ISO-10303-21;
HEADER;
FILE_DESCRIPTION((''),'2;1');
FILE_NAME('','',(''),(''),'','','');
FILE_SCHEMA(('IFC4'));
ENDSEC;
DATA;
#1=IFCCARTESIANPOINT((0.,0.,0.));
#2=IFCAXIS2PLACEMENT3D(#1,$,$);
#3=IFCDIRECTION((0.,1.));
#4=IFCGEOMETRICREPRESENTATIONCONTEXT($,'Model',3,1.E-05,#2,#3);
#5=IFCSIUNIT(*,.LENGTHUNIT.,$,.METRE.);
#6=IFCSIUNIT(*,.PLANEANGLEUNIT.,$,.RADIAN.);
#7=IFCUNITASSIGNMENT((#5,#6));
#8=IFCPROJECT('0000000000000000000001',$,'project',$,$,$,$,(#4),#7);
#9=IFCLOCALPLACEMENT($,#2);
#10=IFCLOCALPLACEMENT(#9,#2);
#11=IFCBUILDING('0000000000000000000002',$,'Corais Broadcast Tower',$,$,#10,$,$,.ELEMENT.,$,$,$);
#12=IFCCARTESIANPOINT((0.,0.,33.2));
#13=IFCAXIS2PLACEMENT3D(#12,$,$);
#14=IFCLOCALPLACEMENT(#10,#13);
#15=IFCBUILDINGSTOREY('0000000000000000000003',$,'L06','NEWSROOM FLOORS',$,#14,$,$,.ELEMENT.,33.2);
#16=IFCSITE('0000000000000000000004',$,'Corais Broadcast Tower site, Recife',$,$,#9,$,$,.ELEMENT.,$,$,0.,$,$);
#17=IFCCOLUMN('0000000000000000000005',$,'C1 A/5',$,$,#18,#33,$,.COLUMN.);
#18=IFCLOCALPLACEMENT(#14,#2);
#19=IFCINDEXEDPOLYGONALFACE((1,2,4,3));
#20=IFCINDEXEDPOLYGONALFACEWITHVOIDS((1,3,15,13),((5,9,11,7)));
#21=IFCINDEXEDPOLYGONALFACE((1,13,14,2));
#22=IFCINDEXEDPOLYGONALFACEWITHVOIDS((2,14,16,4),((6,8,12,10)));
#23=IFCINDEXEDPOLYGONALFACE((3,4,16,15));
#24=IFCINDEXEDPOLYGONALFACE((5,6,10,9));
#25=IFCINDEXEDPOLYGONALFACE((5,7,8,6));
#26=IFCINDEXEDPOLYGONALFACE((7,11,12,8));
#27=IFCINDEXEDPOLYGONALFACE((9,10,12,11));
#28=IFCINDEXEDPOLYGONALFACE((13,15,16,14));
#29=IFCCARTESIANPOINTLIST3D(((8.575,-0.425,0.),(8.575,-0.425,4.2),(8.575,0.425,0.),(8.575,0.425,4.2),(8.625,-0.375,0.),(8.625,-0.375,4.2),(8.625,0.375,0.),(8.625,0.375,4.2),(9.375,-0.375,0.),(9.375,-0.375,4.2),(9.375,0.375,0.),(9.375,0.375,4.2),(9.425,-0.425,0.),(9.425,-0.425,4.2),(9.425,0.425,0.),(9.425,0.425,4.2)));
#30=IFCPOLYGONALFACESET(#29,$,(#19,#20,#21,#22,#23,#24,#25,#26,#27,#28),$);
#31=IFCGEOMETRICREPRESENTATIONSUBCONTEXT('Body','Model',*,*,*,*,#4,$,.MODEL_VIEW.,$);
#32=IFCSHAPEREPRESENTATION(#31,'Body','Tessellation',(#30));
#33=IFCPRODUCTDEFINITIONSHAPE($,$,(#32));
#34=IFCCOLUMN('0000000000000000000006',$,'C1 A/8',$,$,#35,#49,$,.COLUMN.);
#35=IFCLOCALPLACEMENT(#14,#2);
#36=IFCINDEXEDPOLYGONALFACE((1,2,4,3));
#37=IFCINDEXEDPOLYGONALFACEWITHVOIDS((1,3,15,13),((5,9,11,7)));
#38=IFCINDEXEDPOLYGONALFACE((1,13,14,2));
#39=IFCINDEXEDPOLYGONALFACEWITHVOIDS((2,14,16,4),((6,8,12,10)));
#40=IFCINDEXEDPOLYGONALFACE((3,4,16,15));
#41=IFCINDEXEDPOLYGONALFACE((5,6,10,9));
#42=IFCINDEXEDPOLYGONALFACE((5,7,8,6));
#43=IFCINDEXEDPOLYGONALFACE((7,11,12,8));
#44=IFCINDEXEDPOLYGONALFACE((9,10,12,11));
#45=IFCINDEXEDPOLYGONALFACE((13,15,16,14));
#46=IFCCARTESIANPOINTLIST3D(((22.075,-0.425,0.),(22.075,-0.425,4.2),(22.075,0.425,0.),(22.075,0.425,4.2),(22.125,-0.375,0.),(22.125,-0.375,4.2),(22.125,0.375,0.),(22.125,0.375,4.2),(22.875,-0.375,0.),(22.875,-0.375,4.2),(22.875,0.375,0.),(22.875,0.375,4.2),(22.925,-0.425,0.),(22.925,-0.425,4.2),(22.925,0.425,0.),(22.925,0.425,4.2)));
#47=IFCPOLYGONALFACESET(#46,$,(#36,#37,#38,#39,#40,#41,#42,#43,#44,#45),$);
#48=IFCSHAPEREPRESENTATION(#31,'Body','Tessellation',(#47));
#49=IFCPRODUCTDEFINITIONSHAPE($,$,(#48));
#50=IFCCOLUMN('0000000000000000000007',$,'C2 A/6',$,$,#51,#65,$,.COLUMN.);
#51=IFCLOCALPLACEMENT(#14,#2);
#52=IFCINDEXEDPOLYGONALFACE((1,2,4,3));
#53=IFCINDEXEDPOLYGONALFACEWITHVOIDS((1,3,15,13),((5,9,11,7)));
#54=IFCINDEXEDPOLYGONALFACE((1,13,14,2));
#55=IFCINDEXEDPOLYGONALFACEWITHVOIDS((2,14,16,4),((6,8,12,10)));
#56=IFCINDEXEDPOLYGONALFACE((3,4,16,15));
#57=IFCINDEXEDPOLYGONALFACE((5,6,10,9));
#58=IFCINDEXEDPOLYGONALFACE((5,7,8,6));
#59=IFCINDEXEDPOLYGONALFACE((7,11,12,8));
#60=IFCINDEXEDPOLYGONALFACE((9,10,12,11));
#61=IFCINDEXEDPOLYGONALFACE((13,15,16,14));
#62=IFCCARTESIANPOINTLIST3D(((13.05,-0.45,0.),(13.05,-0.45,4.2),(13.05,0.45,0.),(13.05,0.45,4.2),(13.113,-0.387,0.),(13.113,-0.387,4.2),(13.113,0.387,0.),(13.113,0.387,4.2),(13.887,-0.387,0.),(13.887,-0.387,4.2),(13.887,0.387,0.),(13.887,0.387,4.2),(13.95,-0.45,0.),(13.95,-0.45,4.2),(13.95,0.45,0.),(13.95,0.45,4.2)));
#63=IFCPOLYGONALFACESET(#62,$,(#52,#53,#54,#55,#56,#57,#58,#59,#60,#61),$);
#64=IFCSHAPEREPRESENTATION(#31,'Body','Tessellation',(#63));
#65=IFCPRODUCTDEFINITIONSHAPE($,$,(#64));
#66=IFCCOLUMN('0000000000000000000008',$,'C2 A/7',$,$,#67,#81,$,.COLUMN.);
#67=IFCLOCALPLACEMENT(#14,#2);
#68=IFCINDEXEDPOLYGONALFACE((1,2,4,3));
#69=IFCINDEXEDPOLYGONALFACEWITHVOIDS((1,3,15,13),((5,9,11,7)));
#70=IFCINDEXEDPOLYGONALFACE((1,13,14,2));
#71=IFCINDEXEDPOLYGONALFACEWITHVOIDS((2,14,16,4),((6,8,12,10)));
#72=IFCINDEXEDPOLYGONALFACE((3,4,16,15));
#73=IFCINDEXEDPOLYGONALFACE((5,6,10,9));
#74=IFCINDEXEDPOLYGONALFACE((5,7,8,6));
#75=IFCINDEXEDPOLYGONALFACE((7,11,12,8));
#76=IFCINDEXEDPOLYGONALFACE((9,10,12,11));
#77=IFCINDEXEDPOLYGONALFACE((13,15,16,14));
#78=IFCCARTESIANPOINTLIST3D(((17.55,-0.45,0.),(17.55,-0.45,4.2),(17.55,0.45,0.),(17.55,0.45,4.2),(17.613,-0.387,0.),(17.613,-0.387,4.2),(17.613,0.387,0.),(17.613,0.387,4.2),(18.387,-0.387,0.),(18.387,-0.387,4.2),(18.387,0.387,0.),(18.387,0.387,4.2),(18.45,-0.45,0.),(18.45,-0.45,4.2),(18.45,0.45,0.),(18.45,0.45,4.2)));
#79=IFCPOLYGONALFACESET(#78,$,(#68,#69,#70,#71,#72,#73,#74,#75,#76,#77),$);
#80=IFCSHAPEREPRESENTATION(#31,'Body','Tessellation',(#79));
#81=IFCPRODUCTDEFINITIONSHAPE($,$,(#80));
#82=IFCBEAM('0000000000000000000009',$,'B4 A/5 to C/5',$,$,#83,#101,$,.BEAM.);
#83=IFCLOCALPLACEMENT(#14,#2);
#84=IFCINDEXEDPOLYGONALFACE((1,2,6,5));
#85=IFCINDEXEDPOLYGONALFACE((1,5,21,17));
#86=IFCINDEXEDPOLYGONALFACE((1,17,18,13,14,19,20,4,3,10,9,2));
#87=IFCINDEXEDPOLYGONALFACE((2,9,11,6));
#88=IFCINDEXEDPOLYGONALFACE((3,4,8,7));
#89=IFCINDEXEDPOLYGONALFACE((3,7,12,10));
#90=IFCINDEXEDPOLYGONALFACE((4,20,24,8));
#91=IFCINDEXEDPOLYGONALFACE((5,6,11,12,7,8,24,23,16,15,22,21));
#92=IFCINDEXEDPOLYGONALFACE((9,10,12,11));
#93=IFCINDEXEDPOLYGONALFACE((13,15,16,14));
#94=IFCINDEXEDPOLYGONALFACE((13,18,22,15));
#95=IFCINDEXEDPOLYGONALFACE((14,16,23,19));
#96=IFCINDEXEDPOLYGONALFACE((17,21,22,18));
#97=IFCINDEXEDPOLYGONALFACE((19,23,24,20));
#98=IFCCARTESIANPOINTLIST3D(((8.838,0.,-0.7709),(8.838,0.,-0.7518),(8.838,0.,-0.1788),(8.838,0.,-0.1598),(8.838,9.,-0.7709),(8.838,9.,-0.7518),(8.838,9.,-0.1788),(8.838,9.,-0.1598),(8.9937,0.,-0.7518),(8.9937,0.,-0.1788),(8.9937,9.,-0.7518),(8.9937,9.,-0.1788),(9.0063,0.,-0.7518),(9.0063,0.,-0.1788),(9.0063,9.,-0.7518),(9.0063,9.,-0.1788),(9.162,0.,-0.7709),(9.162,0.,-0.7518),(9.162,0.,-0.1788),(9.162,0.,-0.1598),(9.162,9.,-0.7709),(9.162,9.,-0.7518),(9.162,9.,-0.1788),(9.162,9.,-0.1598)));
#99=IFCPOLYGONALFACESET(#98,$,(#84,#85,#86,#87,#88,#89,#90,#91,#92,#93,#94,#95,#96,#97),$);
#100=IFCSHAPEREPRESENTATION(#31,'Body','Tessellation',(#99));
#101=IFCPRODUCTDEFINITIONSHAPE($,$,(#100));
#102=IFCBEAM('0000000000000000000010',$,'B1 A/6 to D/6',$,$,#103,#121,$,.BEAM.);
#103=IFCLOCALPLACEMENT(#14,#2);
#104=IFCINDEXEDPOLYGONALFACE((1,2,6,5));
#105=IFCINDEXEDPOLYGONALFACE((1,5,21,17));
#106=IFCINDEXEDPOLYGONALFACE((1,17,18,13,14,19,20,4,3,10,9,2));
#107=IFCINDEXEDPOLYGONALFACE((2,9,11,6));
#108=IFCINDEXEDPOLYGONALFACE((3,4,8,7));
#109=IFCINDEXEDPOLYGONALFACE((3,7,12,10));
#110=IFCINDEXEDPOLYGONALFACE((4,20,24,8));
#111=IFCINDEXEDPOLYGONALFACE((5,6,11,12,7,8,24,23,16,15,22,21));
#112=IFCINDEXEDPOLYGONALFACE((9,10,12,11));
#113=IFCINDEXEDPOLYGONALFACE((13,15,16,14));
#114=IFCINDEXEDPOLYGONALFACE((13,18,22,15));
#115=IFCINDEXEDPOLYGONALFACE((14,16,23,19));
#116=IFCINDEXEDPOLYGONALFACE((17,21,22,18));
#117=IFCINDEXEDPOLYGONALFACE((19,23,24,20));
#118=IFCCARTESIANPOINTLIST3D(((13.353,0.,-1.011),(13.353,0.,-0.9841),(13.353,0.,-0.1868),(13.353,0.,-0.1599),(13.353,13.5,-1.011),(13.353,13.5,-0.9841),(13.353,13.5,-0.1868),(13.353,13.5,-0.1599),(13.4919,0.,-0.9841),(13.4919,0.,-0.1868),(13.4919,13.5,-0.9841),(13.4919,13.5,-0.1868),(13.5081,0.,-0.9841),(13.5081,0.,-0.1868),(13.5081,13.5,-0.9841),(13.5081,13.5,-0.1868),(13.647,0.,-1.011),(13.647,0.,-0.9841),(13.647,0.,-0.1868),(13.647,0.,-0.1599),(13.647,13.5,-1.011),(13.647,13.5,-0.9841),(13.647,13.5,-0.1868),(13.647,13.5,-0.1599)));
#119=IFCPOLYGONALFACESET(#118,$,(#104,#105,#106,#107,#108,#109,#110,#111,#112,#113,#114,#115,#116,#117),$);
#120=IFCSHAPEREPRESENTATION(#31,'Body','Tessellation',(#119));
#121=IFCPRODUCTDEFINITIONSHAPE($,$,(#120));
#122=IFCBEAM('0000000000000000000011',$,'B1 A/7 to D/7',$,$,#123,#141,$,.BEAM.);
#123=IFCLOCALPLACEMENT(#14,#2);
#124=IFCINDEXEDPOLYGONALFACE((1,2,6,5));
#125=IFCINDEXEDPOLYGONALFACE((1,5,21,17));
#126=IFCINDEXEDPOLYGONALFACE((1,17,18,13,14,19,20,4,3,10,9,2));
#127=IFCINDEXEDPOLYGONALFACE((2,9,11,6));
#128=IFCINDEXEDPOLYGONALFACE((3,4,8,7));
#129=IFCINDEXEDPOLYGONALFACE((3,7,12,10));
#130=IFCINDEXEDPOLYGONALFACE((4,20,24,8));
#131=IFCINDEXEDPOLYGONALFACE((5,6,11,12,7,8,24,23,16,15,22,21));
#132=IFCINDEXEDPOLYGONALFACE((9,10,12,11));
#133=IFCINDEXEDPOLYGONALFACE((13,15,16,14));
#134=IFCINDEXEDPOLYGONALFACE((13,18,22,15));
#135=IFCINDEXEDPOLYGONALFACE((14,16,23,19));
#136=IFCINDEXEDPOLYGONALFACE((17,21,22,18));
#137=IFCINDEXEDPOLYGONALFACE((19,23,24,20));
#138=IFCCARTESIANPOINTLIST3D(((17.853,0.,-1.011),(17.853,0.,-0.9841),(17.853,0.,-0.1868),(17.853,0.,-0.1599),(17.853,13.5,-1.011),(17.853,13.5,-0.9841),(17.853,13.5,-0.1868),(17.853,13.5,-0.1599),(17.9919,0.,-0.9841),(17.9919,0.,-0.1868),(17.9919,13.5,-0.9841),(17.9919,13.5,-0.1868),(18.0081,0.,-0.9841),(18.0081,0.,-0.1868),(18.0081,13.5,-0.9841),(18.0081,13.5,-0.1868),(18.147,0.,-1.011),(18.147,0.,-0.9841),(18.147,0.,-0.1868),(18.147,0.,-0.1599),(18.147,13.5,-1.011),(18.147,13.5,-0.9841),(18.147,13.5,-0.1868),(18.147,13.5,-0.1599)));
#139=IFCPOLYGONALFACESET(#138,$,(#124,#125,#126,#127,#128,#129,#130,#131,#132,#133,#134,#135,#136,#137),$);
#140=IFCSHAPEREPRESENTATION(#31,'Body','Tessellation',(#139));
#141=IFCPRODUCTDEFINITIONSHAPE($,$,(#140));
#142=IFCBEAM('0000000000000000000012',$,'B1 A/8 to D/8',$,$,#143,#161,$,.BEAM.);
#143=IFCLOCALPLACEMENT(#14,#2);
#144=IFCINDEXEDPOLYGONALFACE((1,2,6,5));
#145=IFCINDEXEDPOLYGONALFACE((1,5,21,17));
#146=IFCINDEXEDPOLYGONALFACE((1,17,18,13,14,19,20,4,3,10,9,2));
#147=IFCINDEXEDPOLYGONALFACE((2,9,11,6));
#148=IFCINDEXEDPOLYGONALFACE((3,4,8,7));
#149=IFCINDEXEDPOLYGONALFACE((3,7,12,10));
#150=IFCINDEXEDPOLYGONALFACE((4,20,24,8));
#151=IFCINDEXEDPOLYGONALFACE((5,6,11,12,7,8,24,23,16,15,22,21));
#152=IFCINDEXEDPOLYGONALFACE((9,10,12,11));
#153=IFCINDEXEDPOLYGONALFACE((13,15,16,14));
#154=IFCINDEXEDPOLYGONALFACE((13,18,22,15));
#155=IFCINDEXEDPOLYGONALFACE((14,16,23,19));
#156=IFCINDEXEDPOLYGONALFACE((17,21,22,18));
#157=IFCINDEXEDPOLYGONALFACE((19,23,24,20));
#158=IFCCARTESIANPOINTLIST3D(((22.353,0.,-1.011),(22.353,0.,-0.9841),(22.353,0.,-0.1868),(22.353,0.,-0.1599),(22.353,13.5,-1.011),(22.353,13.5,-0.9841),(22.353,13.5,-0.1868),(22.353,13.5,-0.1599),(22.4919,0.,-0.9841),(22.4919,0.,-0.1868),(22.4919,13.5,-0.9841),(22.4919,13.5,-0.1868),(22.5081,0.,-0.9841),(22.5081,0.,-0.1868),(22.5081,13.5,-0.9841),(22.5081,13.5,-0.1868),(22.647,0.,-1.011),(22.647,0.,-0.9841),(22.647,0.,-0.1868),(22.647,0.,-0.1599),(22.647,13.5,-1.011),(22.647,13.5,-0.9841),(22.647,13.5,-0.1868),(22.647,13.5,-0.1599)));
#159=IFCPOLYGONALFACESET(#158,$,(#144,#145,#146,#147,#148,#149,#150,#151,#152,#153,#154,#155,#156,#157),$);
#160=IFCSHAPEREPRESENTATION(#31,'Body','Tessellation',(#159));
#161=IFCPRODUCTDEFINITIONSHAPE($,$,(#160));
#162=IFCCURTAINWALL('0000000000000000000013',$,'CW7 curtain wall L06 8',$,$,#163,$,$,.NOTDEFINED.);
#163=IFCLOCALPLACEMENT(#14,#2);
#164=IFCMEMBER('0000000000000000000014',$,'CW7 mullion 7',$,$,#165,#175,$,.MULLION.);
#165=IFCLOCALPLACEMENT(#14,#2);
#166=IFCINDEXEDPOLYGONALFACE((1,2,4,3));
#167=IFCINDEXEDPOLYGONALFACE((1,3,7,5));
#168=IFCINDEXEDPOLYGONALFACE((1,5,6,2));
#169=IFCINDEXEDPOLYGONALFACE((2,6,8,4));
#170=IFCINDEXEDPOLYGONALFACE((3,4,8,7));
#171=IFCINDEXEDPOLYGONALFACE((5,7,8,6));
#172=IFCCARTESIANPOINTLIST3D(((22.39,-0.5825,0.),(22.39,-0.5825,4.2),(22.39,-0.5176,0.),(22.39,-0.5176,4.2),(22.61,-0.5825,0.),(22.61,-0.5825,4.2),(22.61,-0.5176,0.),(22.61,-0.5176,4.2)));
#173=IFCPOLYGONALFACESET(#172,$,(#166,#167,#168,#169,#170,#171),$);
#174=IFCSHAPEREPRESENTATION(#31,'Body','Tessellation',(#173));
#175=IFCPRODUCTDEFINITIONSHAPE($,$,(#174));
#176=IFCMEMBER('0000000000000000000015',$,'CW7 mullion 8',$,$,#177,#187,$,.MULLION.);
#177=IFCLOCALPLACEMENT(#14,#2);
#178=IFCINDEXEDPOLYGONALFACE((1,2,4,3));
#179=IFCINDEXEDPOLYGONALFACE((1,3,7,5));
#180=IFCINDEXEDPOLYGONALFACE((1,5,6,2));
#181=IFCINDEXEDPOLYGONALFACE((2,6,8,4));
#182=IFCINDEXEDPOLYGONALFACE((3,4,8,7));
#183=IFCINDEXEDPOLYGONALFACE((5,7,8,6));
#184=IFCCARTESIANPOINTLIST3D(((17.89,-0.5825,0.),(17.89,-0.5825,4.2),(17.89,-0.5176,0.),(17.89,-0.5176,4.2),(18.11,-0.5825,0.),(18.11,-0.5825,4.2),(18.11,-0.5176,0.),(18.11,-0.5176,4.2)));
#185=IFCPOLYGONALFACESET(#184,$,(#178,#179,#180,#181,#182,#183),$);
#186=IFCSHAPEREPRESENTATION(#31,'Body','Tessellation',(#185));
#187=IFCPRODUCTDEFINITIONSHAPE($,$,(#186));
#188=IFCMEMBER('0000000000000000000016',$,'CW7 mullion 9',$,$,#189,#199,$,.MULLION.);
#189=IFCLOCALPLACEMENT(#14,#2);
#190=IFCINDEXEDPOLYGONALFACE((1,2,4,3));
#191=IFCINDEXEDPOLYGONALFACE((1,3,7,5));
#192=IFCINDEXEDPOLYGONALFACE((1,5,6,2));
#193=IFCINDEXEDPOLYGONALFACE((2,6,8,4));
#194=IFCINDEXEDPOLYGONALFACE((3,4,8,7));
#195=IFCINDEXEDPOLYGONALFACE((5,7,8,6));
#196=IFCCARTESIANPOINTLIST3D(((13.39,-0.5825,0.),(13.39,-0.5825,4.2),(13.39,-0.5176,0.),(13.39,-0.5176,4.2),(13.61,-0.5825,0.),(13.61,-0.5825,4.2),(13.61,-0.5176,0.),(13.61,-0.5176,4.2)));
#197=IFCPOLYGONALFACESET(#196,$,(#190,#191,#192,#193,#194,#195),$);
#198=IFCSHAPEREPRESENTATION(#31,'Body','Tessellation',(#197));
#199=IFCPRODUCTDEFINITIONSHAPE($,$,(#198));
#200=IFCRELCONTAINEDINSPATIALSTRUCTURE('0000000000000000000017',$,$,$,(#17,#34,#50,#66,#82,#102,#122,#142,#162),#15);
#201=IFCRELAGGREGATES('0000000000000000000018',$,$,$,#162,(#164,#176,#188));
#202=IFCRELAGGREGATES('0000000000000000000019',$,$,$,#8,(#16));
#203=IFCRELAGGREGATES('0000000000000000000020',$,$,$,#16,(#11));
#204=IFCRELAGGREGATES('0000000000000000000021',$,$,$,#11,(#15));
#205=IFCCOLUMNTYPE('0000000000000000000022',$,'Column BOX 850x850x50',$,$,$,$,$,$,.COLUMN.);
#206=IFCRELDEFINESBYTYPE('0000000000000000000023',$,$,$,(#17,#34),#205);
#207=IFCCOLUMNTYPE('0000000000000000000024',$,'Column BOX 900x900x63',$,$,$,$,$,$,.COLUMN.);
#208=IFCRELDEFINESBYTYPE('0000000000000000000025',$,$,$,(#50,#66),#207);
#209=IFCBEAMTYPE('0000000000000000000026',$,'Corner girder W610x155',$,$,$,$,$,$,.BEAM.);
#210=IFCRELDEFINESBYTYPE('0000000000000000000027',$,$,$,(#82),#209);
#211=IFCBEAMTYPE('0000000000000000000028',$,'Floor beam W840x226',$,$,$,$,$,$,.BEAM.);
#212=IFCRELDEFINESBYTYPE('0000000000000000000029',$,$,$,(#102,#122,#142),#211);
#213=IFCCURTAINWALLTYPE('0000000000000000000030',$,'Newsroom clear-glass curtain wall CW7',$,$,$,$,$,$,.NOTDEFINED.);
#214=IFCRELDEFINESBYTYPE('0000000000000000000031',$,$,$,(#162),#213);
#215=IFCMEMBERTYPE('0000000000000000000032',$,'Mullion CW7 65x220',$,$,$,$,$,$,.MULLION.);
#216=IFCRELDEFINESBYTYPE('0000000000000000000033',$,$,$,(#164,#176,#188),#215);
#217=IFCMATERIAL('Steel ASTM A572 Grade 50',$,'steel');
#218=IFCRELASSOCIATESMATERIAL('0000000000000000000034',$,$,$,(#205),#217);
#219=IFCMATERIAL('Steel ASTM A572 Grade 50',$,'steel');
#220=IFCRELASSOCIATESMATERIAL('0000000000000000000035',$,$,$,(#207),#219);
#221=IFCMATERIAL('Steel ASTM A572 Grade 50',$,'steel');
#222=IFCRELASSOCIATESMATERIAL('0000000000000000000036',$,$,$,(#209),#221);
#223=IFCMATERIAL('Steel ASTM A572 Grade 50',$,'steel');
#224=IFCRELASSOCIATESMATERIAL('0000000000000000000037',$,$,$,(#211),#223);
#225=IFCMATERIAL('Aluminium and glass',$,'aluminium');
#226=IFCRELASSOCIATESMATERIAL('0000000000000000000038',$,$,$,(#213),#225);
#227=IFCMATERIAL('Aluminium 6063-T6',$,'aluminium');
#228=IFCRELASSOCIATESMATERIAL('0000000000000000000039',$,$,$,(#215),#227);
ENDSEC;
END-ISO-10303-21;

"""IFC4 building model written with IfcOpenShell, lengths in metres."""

from ifc_helpers import new_model, si_unit, direction, frame, origin, origin_2d, place, context, subcontext, project, spatial, rectangle, hollow_rectangle, i_section, extrude, material, material_profile, profile_set, type_object, element, aggregate, save


model = new_model("IFC4")

# Units and contexts
model_context = context("Model", 3, precision=1e-05, world=origin(), true_north=direction((0.0, 1.0)))
body_context = subcontext(model_context, "Body", "Model", "MODEL_VIEW")
ifc_project = project(units=[si_unit("LENGTHUNIT", "METRE"), si_unit("PLANEANGLEUNIT", "RADIAN")], contexts=[model_context])

# Site, building, storey
site_placement = place(None, origin())
site = spatial("IfcSite", under=ifc_project, at=site_placement, Name="Corais Broadcast Tower site, Recife", CompositionType="ELEMENT", RefElevation=0.0)
building_placement = place(site_placement, origin())
building = spatial("IfcBuilding", under=site, at=building_placement, Name="Corais Broadcast Tower", CompositionType="ELEMENT")
storey_placement = place(building_placement, frame((0.0, 0.0, 33.2)))
storey = spatial("IfcBuildingStorey", under=building, at=storey_placement, Name="L06", Description="NEWSROOM FLOORS", CompositionType="ELEMENT", Elevation=33.2)

# Columns
ifc_material_1 = material(Name="Steel ASTM A572 Grade 50", Category="steel")
ifc_material_profile_1 = material_profile(ifc_material_1, hollow_rectangle(XDim=0.8501, YDim=0.8501, WallThickness=0.05, at=origin_2d()), Name="BOX 850x850x50")
ifc_profile_set_1 = profile_set([ifc_material_profile_1], Name="Steel ASTM A572 Grade 50")
column_type_1 = type_object("IfcColumnType", Name="Column BOX 850x850x50", PredefinedType="COLUMN", material=ifc_profile_set_1)
for number, where, z_axis, x_axis, name in (
    (1, (9.0, 0.0, 0.0), (0.0, 0.0, 1.0), (1.0, 0.0, 0.0), "C1 A/5"),
    (2, (22.5, 0.0, 0.0), (0.0, 0.0, 1.0), (1.0, 0.0, 0.0), "C1 A/8"),
):
    element("IfcColumn", number, at=place(storey_placement, frame(where, z_axis=z_axis, x_axis=x_axis)), inside=storey, type_object=column_type_1, Name=name, PredefinedType="COLUMN", context=body_context, shape_type="SweptSolid", body=[
        extrude(hollow_rectangle(XDim=0.8501, YDim=0.8501, WallThickness=0.05, at=origin_2d()), origin(), (0.0, 0.0, 1.0), 4.2),
    ])
ifc_material_2 = material(Name="Steel ASTM A572 Grade 50", Category="steel")
ifc_material_profile_2 = material_profile(ifc_material_2, hollow_rectangle(XDim=0.8999, YDim=0.8999, WallThickness=0.063, at=origin_2d()), Name="BOX 900x900x63")
ifc_profile_set_2 = profile_set([ifc_material_profile_2], Name="Steel ASTM A572 Grade 50")
column_type_2 = type_object("IfcColumnType", Name="Column BOX 900x900x63", PredefinedType="COLUMN", material=ifc_profile_set_2)
for number, where, z_axis, x_axis, name in (
    (3, (13.5, 0.0, 0.0), (0.0, 0.0, 1.0), (1.0, 0.0, 0.0), "C2 A/6"),
    (4, (18.0, 0.0, 0.0), (0.0, 0.0, 1.0), (1.0, 0.0, 0.0), "C2 A/7"),
):
    element("IfcColumn", number, at=place(storey_placement, frame(where, z_axis=z_axis, x_axis=x_axis)), inside=storey, type_object=column_type_2, Name=name, PredefinedType="COLUMN", context=body_context, shape_type="SweptSolid", body=[
        extrude(hollow_rectangle(XDim=0.8999, YDim=0.8999, WallThickness=0.063, at=origin_2d()), origin(), (0.0, 0.0, 1.0), 4.2),
    ])

# Beams
ifc_material_3 = material(Name="Steel ASTM A572 Grade 50", Category="steel")
ifc_material_profile_3 = material_profile(ifc_material_3, i_section(OverallWidth=0.324, OverallDepth=0.6111, WebThickness=0.0127, FlangeThickness=0.019, at=origin_2d()), Name="W610x155")
ifc_profile_set_3 = profile_set([ifc_material_profile_3], Name="Steel ASTM A572 Grade 50")
beam_type_1 = type_object("IfcBeamType", Name="Corner girder W610x155", PredefinedType="BEAM", material=ifc_profile_set_3)
beam_1_placement = place(storey_placement, frame((9.0, 0.0, -0.4653), z_axis=(0.0, 1.0, 0.0), x_axis=(-1.0, 0.0, 0.0)))
element("IfcBeam", 5, at=beam_1_placement, inside=storey, type_object=beam_type_1, Name="B4 A/5 to C/5", PredefinedType="BEAM", context=body_context, shape_type="SweptSolid", body=[
    extrude(i_section(OverallWidth=0.324, OverallDepth=0.6111, WebThickness=0.0127, FlangeThickness=0.019, at=origin_2d()), origin(), (0.0, 0.0, 1.0), 9.0),
])
ifc_material_4 = material(Name="Steel ASTM A572 Grade 50", Category="steel")
ifc_material_profile_4 = material_profile(ifc_material_4, i_section(OverallWidth=0.2939, OverallDepth=0.8511, WebThickness=0.0161, FlangeThickness=0.0269, at=origin_2d()), Name="W840x226")
ifc_profile_set_4 = profile_set([ifc_material_profile_4], Name="Steel ASTM A572 Grade 50")
beam_type_2 = type_object("IfcBeamType", Name="Floor beam W840x226", PredefinedType="BEAM", material=ifc_profile_set_4)
for number, where, z_axis, x_axis, name in (
    (6, (13.5, 0.0, -0.5854), (0.0, 1.0, 0.0), (-1.0, 0.0, 0.0), "B1 A/6 to D/6"),
    (7, (18.0, 0.0, -0.5854), (0.0, 1.0, 0.0), (-1.0, 0.0, 0.0), "B1 A/7 to D/7"),
    (8, (22.5, 0.0, -0.5854), (0.0, 1.0, 0.0), (-1.0, 0.0, 0.0), "B1 A/8 to D/8"),
):
    element("IfcBeam", number, at=place(storey_placement, frame(where, z_axis=z_axis, x_axis=x_axis)), inside=storey, type_object=beam_type_2, Name=name, PredefinedType="BEAM", context=body_context, shape_type="SweptSolid", body=[
        extrude(i_section(OverallWidth=0.2939, OverallDepth=0.8511, WebThickness=0.0161, FlangeThickness=0.0269, at=origin_2d()), origin(), (0.0, 0.0, 1.0), 13.5),
    ])

# Curtain wall, members
ifc_material_5 = material(Name="Aluminium and glass", Category="aluminium")
curtain_wall_type = type_object("IfcCurtainWallType", Name="Newsroom clear-glass curtain wall CW7", PredefinedType="NOTDEFINED", material=ifc_material_5)
curtain_wall_placement = place(storey_placement, origin())
curtain_wall = element("IfcCurtainWall", 9, at=curtain_wall_placement, inside=storey, type_object=curtain_wall_type, Name="CW7 curtain wall L06 8", PredefinedType="NOTDEFINED")
ifc_material_6 = material(Name="Aluminium 6063-T6", Category="aluminium")
ifc_material_profile_5 = material_profile(ifc_material_6, rectangle(XDim=0.0649, YDim=0.22, at=origin_2d()), Name="Mullion CW7 65x220")
ifc_profile_set_5 = profile_set([ifc_material_profile_5], Name="Aluminium 6063-T6")
member_type_1 = type_object("IfcMemberType", Name="Mullion CW7 65x220", PredefinedType="MULLION", material=ifc_profile_set_5)
member_1_placement = place(storey_placement, frame((22.5, -0.55, 0.0), z_axis=(0.0, 0.0, 1.0), x_axis=(0.0, -1.0, 0.0)))
member_1 = element("IfcMember", 10, at=member_1_placement, type_object=member_type_1, Name="CW7 mullion 7", PredefinedType="MULLION", context=body_context, shape_type="SweptSolid", body=[
    extrude(rectangle(XDim=0.0649, YDim=0.22, at=origin_2d()), origin(), (0.0, 0.0, 1.0), 4.2),
])
member_2_placement = place(storey_placement, frame((18.0, -0.55, 0.0), z_axis=(0.0, 0.0, 1.0), x_axis=(0.0, -1.0, 0.0)))
member_2 = element("IfcMember", 11, at=member_2_placement, type_object=member_type_1, Name="CW7 mullion 8", PredefinedType="MULLION", context=body_context, shape_type="SweptSolid", body=[
    extrude(rectangle(XDim=0.0649, YDim=0.22, at=origin_2d()), origin(), (0.0, 0.0, 1.0), 4.2),
])
member_3_placement = place(storey_placement, frame((13.5, -0.55, 0.0), z_axis=(0.0, 0.0, 1.0), x_axis=(0.0, -1.0, 0.0)))
member_3 = element("IfcMember", 12, at=member_3_placement, type_object=member_type_1, Name="CW7 mullion 9", PredefinedType="MULLION", context=body_context, shape_type="SweptSolid", body=[
    extrude(rectangle(XDim=0.0649, YDim=0.22, at=origin_2d()), origin(), (0.0, 0.0, 1.0), 4.2),
])

aggregate(curtain_wall, [member_1, member_2, member_3])

save(model, "model.ifc")
